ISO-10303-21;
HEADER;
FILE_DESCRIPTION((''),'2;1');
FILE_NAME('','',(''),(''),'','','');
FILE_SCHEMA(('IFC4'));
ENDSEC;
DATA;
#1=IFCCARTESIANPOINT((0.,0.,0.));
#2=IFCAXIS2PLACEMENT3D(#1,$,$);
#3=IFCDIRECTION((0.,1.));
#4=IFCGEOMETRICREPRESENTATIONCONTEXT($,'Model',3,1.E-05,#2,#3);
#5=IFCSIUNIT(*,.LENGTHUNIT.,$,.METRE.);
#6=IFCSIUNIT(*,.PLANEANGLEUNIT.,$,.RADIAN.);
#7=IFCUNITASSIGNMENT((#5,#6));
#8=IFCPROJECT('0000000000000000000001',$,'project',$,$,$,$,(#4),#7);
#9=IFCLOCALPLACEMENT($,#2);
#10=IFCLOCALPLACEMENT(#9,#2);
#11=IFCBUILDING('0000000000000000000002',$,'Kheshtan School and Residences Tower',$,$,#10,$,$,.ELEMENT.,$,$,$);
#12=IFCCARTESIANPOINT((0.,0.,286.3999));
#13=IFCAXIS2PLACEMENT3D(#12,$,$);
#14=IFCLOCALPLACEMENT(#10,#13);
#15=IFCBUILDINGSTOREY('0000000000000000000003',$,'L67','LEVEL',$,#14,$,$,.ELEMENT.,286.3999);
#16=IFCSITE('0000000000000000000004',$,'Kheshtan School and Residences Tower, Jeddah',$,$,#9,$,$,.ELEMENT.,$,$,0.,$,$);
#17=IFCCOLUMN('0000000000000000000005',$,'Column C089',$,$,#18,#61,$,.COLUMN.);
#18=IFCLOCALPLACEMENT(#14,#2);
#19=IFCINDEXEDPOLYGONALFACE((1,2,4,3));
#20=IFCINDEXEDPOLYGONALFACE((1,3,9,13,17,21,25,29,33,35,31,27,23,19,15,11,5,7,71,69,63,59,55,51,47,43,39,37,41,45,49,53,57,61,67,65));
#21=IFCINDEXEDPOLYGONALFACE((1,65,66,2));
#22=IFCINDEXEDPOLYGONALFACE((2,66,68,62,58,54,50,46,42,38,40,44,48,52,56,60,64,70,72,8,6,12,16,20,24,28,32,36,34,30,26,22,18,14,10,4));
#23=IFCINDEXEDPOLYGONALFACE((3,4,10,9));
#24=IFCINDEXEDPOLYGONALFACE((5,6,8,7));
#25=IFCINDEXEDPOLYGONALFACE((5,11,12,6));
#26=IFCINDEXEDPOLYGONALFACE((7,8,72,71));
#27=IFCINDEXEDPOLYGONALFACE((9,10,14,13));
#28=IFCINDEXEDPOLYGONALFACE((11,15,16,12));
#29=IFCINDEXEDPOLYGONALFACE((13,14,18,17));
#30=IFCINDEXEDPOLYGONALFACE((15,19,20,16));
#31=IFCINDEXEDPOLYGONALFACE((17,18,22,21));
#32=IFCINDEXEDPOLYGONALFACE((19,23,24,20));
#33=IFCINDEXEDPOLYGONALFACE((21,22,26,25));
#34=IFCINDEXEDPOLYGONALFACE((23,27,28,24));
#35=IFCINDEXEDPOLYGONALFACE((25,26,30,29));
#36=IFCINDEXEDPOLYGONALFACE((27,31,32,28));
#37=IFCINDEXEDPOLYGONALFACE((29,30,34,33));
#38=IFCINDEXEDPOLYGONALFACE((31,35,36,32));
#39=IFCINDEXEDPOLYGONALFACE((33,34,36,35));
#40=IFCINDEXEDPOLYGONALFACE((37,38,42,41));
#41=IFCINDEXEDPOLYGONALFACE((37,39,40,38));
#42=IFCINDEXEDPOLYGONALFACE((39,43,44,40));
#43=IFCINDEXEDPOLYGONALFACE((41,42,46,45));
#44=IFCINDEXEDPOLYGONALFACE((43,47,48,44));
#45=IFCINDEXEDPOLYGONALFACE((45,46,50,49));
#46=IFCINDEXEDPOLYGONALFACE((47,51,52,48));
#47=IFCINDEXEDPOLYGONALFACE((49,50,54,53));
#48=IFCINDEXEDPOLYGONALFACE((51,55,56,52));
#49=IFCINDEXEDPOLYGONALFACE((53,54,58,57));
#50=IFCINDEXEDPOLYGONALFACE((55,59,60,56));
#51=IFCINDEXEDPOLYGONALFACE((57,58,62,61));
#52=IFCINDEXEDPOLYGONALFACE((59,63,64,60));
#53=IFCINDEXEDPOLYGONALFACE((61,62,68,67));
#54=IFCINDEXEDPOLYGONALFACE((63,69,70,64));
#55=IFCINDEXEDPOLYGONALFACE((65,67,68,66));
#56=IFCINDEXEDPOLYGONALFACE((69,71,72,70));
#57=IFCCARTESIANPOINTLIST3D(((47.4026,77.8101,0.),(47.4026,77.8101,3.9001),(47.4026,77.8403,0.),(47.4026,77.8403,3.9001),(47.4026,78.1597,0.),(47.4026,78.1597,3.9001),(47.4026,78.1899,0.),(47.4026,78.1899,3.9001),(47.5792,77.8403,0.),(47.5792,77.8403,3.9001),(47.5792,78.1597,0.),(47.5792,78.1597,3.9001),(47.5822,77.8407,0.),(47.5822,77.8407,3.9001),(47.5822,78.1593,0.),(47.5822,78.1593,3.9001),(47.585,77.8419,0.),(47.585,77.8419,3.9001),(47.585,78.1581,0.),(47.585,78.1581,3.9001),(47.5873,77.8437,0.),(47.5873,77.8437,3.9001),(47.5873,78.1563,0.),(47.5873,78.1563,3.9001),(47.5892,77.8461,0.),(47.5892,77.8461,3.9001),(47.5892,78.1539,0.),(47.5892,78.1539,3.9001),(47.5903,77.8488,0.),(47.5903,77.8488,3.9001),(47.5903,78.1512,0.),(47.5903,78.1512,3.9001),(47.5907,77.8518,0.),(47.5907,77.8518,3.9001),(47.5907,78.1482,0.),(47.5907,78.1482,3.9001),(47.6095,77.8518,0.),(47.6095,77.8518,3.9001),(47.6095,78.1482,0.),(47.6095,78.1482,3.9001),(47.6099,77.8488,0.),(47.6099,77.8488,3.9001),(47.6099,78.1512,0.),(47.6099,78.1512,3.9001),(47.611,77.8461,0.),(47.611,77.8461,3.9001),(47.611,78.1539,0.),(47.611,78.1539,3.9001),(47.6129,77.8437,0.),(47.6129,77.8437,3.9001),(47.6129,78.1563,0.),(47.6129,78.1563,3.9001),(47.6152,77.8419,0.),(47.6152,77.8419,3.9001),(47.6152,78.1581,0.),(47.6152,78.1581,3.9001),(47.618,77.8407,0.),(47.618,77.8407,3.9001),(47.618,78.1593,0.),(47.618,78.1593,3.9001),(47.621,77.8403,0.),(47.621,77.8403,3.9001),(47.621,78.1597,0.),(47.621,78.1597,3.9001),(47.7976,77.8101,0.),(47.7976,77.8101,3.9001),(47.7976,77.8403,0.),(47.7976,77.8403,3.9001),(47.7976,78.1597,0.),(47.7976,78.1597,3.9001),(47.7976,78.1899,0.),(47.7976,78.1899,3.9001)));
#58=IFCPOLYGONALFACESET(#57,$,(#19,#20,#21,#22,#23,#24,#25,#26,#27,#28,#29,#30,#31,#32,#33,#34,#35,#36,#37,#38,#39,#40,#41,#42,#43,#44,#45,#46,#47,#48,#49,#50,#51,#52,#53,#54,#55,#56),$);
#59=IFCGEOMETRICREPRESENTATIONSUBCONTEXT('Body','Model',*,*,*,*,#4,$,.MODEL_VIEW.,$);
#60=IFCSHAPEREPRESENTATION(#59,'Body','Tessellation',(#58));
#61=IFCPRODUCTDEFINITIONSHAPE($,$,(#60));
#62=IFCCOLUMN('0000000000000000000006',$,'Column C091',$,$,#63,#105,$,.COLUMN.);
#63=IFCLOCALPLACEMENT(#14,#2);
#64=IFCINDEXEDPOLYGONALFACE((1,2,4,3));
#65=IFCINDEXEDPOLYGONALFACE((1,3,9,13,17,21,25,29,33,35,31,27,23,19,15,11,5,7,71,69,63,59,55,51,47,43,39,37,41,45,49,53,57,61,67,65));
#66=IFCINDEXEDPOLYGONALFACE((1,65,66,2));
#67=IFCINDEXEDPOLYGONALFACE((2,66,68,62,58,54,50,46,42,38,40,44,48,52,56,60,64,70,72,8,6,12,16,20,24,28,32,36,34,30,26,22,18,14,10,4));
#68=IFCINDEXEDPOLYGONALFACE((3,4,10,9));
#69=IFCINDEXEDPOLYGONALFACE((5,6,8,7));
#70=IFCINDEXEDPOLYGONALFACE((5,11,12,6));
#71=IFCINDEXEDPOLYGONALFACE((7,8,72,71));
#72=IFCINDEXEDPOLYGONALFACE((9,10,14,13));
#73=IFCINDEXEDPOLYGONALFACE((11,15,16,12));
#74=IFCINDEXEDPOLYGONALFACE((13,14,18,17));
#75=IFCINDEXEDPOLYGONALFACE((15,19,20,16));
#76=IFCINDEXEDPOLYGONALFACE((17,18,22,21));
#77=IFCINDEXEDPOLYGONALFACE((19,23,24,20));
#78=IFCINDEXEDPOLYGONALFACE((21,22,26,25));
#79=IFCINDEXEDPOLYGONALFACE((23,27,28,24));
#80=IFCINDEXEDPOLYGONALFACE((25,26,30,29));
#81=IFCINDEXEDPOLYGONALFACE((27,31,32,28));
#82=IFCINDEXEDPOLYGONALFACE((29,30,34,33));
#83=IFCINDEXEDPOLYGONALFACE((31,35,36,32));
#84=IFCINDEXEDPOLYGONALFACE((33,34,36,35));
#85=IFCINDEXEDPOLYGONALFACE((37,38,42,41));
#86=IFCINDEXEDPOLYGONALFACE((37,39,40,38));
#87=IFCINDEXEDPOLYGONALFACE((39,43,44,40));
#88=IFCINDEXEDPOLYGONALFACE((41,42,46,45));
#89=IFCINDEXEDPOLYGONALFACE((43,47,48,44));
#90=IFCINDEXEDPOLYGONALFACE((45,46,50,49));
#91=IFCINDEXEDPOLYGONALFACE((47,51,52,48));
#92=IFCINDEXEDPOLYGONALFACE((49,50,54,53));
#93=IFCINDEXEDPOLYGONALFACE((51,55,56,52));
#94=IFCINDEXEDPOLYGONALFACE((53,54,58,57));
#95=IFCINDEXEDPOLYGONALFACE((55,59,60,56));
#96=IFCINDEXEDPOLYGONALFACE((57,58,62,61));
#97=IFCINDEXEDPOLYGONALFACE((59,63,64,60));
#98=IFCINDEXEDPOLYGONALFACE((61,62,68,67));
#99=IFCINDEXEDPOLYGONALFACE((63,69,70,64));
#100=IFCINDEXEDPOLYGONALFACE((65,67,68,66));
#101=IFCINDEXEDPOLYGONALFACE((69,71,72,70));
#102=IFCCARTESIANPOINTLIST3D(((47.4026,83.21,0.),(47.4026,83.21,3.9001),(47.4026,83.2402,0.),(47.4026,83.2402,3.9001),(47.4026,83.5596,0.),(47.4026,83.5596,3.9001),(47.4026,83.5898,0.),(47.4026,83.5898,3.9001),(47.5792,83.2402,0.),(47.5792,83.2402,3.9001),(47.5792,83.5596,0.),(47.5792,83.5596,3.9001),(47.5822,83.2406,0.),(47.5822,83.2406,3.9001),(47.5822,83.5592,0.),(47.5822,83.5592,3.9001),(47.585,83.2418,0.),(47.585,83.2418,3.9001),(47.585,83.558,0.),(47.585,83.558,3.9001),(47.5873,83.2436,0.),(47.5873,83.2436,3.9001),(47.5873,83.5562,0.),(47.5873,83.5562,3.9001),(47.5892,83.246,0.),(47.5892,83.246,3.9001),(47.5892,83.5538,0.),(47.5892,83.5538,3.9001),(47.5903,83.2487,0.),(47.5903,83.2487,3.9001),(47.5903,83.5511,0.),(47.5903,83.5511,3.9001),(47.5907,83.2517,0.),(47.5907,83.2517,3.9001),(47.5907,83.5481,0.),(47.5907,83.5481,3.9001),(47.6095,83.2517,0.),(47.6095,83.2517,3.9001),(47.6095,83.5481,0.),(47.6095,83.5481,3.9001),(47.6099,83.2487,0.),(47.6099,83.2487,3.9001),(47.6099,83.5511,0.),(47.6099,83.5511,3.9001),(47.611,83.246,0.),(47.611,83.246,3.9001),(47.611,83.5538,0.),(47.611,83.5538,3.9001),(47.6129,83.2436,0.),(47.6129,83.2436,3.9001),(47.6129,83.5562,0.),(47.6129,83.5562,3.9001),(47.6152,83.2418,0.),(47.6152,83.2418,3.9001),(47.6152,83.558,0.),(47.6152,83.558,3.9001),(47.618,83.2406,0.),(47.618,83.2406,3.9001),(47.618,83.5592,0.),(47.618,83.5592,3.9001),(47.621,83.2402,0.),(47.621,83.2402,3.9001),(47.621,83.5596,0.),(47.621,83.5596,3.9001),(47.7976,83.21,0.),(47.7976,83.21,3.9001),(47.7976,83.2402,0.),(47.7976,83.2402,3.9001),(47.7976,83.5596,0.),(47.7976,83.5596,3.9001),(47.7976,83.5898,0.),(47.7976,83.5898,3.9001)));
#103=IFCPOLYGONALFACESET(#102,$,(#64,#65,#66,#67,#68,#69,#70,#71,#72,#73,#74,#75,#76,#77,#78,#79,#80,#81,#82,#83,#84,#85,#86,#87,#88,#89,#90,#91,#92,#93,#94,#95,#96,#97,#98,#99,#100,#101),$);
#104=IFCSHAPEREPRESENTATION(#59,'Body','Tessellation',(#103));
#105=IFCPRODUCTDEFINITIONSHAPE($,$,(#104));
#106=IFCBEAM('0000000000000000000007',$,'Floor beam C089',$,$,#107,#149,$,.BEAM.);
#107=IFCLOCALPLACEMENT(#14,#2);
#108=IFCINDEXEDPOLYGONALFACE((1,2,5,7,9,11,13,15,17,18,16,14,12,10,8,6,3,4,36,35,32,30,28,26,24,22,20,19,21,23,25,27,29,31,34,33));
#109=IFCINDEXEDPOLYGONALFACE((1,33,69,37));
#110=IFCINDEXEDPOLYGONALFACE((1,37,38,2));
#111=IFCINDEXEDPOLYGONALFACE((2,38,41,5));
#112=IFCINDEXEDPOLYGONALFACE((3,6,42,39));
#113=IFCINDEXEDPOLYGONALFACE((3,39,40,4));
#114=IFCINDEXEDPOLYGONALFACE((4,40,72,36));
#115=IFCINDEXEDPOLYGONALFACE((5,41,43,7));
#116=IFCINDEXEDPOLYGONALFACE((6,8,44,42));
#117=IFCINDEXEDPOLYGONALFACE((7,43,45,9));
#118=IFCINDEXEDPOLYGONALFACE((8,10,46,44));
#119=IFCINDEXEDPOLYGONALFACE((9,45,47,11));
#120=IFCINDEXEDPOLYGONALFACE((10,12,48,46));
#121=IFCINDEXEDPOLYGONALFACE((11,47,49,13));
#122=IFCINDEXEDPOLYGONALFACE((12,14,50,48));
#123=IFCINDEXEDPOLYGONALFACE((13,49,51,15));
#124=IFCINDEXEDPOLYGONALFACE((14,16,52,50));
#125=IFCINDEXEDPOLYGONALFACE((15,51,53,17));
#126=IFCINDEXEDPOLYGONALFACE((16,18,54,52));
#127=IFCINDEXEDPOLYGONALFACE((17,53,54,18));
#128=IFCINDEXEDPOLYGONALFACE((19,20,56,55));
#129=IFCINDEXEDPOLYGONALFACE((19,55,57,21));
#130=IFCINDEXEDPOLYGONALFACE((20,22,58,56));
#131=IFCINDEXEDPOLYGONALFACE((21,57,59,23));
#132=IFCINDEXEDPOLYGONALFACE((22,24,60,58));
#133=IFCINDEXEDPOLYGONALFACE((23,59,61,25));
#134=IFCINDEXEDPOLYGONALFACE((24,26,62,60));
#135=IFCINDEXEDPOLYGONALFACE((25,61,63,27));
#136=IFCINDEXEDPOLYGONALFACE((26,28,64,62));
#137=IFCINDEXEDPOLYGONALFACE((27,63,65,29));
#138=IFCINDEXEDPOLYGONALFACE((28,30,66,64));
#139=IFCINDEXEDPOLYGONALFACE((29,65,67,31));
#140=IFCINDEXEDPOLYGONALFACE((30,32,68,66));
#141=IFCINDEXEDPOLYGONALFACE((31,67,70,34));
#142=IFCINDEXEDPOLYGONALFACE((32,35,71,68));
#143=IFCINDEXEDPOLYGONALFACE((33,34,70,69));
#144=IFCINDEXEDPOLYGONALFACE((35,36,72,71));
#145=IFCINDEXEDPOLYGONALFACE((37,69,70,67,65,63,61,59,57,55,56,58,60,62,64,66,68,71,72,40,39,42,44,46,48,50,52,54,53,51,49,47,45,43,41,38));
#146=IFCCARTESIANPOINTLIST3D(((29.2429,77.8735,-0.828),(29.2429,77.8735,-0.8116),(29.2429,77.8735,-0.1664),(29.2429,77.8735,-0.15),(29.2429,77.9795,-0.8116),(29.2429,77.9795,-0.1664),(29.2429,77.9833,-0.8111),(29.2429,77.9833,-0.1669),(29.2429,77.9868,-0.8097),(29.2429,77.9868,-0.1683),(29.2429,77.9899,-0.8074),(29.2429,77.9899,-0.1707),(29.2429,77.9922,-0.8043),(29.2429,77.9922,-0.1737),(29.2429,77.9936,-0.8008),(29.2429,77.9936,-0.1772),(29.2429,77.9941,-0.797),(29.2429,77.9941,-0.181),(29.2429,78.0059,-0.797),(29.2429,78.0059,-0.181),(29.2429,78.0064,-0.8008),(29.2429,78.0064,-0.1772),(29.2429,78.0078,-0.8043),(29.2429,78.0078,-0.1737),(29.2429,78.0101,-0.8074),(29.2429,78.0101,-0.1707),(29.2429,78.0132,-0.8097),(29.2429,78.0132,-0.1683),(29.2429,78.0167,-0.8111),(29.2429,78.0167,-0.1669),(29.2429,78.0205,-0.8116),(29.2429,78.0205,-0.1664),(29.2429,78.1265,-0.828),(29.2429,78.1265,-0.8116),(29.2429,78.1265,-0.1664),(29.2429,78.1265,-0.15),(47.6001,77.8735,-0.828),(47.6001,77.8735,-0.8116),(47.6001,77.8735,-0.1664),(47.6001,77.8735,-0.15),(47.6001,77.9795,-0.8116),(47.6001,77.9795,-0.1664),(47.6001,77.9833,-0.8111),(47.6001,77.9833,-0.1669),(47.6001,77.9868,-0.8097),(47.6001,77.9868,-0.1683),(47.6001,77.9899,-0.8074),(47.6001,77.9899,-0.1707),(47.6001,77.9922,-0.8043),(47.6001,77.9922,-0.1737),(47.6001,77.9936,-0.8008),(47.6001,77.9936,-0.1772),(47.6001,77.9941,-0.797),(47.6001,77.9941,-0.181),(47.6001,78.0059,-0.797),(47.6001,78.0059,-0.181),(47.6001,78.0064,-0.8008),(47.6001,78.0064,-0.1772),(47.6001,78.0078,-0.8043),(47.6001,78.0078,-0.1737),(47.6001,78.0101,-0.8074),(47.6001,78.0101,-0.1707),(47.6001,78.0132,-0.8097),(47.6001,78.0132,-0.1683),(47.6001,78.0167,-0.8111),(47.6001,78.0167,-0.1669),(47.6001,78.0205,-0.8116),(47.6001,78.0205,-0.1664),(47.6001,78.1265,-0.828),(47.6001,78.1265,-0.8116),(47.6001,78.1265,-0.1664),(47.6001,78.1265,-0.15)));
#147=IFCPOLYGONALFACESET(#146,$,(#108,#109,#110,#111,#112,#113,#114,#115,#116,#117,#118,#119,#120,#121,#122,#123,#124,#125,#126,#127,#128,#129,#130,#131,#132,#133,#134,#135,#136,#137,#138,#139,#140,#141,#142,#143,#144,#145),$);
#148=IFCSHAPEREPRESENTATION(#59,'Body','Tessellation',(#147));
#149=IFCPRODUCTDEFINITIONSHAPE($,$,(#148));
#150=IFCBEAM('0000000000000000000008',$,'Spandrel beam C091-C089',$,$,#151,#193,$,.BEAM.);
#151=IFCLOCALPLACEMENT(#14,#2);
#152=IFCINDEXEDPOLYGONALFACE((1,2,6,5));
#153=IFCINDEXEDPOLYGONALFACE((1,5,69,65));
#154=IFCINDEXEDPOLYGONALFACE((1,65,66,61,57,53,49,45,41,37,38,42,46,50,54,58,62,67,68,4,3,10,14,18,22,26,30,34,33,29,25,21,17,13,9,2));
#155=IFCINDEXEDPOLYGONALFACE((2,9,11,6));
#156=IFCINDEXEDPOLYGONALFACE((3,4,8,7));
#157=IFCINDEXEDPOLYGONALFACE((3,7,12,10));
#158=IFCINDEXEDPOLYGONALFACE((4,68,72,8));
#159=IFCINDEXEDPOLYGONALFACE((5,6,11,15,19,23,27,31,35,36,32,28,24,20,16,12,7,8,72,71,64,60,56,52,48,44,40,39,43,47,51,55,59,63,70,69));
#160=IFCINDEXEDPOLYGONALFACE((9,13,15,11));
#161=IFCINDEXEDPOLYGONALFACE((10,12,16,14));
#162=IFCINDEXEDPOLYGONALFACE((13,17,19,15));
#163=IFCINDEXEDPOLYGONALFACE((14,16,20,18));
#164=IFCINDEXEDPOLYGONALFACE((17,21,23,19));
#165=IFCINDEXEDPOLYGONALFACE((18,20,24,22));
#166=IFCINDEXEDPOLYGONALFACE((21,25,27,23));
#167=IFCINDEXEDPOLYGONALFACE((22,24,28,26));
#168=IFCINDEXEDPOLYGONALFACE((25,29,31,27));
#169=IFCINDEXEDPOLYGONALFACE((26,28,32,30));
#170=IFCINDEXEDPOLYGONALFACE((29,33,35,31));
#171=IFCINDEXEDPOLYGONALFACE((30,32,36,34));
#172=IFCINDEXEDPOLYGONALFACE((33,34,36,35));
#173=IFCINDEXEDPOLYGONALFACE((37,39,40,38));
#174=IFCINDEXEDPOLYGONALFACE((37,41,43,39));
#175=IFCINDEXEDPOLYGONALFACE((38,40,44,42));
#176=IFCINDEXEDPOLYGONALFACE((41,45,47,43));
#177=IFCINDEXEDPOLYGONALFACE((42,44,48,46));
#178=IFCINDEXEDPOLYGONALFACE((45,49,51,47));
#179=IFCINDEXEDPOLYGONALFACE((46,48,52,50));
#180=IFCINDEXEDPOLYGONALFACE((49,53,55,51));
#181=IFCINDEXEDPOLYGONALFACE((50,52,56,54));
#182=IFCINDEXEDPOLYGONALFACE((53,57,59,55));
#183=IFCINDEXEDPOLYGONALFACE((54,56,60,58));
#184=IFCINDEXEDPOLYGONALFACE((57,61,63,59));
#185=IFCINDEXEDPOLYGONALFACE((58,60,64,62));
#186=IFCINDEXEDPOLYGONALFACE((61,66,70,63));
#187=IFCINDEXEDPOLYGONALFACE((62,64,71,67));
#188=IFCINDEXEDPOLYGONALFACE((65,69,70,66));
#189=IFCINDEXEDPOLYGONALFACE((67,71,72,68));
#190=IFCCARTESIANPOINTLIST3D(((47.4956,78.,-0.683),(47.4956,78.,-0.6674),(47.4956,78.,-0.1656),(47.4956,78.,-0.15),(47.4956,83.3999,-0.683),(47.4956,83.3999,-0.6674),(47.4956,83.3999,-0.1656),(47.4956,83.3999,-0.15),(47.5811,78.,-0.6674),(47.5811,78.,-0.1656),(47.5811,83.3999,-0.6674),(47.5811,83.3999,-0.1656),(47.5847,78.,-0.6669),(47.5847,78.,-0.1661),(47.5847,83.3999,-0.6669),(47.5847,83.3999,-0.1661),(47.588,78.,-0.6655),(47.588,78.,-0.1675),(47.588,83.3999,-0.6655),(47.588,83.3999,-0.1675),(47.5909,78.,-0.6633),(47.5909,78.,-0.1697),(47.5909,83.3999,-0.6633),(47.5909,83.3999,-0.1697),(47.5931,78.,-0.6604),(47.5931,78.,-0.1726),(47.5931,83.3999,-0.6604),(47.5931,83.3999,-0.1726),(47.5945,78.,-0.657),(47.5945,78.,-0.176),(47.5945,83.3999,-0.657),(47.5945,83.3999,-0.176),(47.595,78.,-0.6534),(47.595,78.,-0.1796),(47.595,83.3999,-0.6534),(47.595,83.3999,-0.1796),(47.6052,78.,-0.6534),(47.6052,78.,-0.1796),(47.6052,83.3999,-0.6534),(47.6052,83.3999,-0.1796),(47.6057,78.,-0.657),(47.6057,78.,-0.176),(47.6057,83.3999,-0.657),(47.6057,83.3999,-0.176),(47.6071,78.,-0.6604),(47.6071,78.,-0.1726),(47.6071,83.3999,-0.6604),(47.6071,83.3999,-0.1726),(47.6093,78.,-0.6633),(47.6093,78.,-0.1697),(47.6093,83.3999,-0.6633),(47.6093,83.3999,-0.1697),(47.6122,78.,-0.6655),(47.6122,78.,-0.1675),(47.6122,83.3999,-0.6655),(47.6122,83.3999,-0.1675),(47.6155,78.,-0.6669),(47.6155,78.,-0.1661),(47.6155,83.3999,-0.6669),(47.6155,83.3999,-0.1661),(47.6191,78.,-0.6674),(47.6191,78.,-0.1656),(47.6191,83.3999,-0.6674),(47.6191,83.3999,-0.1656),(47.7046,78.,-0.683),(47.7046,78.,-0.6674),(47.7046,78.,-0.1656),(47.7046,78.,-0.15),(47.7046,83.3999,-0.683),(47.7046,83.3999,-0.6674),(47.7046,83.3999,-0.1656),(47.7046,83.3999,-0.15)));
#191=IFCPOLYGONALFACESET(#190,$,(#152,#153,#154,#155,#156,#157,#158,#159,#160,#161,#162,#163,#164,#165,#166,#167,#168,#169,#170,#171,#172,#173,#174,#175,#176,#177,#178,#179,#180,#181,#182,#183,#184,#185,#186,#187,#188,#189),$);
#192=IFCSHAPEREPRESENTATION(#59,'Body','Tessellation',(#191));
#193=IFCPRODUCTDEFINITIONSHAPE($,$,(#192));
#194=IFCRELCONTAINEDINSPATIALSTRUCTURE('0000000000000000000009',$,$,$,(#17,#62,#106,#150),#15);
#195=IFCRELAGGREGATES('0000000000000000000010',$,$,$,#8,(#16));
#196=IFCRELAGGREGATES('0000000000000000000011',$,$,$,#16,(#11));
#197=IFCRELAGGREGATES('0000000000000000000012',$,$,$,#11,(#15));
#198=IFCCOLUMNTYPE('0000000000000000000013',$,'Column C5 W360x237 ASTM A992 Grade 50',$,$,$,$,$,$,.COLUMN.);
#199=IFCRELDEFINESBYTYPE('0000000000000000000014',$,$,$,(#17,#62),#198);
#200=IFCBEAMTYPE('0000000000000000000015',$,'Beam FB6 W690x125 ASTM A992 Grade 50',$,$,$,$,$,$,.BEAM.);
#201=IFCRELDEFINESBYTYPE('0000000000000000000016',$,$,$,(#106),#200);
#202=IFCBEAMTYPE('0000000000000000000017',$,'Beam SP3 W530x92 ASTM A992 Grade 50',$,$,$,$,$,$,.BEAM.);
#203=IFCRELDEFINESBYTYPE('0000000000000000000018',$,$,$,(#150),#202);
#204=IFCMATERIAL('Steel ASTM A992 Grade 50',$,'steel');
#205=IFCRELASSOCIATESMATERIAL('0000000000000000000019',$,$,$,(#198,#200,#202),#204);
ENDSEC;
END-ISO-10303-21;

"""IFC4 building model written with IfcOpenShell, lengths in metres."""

from ifc_helpers import new_model, si_unit, direction, frame, origin, origin_2d, place, context, subcontext, project, spatial, i_section, extrude, material, material_profile, profile_set, type_object, element, save


model = new_model("IFC4")

# Units and contexts
model_context = context("Model", 3, precision=1e-05, world=origin(), true_north=direction((0.0, 1.0)))
body_context = subcontext(model_context, "Body", "Model", "MODEL_VIEW")
ifc_project = project(units=[si_unit("LENGTHUNIT", "METRE"), si_unit("PLANEANGLEUNIT", "RADIAN")], contexts=[model_context])

# Site, building, storey
site_placement = place(None, origin())
site = spatial("IfcSite", under=ifc_project, at=site_placement, Name="Kheshtan School and Residences Tower, Jeddah", CompositionType="ELEMENT", RefElevation=0.0)
building_placement = place(site_placement, origin())
building = spatial("IfcBuilding", under=site, at=building_placement, Name="Kheshtan School and Residences Tower", CompositionType="ELEMENT")
storey_placement = place(building_placement, frame((0.0, 0.0, 286.3999)))
storey = spatial("IfcBuildingStorey", under=building, at=storey_placement, Name="L67", Description="LEVEL", CompositionType="ELEMENT", Elevation=286.3999)

# Columns
ifc_material_1 = material(Name="Steel ASTM A992 Grade 50", Category="steel")
ifc_material_profile_1 = material_profile(ifc_material_1, i_section(OverallWidth=0.395, OverallDepth=0.3799, WebThickness=0.0188, FlangeThickness=0.0303, FilletRadius=0.0115, at=origin_2d()), Name="W360x237")
ifc_profile_set_1 = profile_set([ifc_material_profile_1], Name="Steel ASTM A992 Grade 50")
column_type = type_object("IfcColumnType", Name="Column C5 W360x237 ASTM A992 Grade 50", PredefinedType="COLUMN", material=ifc_profile_set_1)
for number, where, z_axis, x_axis, name in (
    (1, (47.6001, 78.0, 0.0), (0.0, 0.0, 1.0), (1.0, 0.0, 0.0), "Column C089"),
    (2, (47.6001, 83.3999, 0.0), (0.0, 0.0, 1.0), (1.0, 0.0, 0.0), "Column C091"),
):
    element("IfcColumn", number, at=place(storey_placement, frame(where, z_axis=z_axis, x_axis=x_axis)), inside=storey, type_object=column_type, Name=name, PredefinedType="COLUMN", context=body_context, shape_type="SweptSolid", body=[
        extrude(i_section(OverallWidth=0.395, OverallDepth=0.3799, WebThickness=0.0188, FlangeThickness=0.0303, FilletRadius=0.0115, at=origin_2d()), origin(), (0.0, 0.0, 1.0), 3.9001),
    ])

# Beams
ifc_material_profile_2 = material_profile(ifc_material_1, i_section(OverallWidth=0.2529, OverallDepth=0.678, WebThickness=0.0117, FlangeThickness=0.0164, FilletRadius=0.0146, at=origin_2d()), Name="W690x125")
ifc_profile_set_2 = profile_set([ifc_material_profile_2], Name="Steel ASTM A992 Grade 50")
beam_type_1 = type_object("IfcBeamType", Name="Beam FB6 W690x125 ASTM A992 Grade 50", PredefinedType="BEAM", material=ifc_profile_set_2)
beam_placement = place(storey_placement, frame((47.6001, 78.0, -0.489), z_axis=(-1.0, 0.0, 0.0), x_axis=(0.0, -1.0, 0.0)))
element("IfcBeam", 3, at=beam_placement, inside=storey, type_object=beam_type_1, Name="Floor beam C089", PredefinedType="BEAM", context=body_context, shape_type="SweptSolid", body=[
    extrude(i_section(OverallWidth=0.2529, OverallDepth=0.678, WebThickness=0.0117, FlangeThickness=0.0164, FilletRadius=0.0146, at=origin_2d()), origin(), (0.0, 0.0, 1.0), 18.3572),
])
ifc_material_profile_3 = material_profile(ifc_material_1, i_section(OverallWidth=0.209, OverallDepth=0.533, WebThickness=0.0103, FlangeThickness=0.0156, FilletRadius=0.0139, at=origin_2d()), Name="W530x92")
ifc_profile_set_3 = profile_set([ifc_material_profile_3], Name="Steel ASTM A992 Grade 50")
beam_type_2 = type_object("IfcBeamType", Name="Beam SP3 W530x92 ASTM A992 Grade 50", PredefinedType="BEAM", material=ifc_profile_set_3)
for number, where, z_axis, x_axis, name in (
    (4, (47.6001, 83.3999, -0.4165), (0.0, -1.0, 0.0), (1.0, 0.0, 0.0), "Spandrel beam C091-C089"),
):
    element("IfcBeam", number, at=place(storey_placement, frame(where, z_axis=z_axis, x_axis=x_axis)), inside=storey, type_object=beam_type_2, Name=name, PredefinedType="BEAM", context=body_context, shape_type="SweptSolid", body=[
        extrude(i_section(OverallWidth=0.209, OverallDepth=0.533, WebThickness=0.0103, FlangeThickness=0.0156, FilletRadius=0.0139, at=origin_2d()), origin(), (0.0, 0.0, 1.0), 5.3999),
    ])

save(model, "model.ifc")
